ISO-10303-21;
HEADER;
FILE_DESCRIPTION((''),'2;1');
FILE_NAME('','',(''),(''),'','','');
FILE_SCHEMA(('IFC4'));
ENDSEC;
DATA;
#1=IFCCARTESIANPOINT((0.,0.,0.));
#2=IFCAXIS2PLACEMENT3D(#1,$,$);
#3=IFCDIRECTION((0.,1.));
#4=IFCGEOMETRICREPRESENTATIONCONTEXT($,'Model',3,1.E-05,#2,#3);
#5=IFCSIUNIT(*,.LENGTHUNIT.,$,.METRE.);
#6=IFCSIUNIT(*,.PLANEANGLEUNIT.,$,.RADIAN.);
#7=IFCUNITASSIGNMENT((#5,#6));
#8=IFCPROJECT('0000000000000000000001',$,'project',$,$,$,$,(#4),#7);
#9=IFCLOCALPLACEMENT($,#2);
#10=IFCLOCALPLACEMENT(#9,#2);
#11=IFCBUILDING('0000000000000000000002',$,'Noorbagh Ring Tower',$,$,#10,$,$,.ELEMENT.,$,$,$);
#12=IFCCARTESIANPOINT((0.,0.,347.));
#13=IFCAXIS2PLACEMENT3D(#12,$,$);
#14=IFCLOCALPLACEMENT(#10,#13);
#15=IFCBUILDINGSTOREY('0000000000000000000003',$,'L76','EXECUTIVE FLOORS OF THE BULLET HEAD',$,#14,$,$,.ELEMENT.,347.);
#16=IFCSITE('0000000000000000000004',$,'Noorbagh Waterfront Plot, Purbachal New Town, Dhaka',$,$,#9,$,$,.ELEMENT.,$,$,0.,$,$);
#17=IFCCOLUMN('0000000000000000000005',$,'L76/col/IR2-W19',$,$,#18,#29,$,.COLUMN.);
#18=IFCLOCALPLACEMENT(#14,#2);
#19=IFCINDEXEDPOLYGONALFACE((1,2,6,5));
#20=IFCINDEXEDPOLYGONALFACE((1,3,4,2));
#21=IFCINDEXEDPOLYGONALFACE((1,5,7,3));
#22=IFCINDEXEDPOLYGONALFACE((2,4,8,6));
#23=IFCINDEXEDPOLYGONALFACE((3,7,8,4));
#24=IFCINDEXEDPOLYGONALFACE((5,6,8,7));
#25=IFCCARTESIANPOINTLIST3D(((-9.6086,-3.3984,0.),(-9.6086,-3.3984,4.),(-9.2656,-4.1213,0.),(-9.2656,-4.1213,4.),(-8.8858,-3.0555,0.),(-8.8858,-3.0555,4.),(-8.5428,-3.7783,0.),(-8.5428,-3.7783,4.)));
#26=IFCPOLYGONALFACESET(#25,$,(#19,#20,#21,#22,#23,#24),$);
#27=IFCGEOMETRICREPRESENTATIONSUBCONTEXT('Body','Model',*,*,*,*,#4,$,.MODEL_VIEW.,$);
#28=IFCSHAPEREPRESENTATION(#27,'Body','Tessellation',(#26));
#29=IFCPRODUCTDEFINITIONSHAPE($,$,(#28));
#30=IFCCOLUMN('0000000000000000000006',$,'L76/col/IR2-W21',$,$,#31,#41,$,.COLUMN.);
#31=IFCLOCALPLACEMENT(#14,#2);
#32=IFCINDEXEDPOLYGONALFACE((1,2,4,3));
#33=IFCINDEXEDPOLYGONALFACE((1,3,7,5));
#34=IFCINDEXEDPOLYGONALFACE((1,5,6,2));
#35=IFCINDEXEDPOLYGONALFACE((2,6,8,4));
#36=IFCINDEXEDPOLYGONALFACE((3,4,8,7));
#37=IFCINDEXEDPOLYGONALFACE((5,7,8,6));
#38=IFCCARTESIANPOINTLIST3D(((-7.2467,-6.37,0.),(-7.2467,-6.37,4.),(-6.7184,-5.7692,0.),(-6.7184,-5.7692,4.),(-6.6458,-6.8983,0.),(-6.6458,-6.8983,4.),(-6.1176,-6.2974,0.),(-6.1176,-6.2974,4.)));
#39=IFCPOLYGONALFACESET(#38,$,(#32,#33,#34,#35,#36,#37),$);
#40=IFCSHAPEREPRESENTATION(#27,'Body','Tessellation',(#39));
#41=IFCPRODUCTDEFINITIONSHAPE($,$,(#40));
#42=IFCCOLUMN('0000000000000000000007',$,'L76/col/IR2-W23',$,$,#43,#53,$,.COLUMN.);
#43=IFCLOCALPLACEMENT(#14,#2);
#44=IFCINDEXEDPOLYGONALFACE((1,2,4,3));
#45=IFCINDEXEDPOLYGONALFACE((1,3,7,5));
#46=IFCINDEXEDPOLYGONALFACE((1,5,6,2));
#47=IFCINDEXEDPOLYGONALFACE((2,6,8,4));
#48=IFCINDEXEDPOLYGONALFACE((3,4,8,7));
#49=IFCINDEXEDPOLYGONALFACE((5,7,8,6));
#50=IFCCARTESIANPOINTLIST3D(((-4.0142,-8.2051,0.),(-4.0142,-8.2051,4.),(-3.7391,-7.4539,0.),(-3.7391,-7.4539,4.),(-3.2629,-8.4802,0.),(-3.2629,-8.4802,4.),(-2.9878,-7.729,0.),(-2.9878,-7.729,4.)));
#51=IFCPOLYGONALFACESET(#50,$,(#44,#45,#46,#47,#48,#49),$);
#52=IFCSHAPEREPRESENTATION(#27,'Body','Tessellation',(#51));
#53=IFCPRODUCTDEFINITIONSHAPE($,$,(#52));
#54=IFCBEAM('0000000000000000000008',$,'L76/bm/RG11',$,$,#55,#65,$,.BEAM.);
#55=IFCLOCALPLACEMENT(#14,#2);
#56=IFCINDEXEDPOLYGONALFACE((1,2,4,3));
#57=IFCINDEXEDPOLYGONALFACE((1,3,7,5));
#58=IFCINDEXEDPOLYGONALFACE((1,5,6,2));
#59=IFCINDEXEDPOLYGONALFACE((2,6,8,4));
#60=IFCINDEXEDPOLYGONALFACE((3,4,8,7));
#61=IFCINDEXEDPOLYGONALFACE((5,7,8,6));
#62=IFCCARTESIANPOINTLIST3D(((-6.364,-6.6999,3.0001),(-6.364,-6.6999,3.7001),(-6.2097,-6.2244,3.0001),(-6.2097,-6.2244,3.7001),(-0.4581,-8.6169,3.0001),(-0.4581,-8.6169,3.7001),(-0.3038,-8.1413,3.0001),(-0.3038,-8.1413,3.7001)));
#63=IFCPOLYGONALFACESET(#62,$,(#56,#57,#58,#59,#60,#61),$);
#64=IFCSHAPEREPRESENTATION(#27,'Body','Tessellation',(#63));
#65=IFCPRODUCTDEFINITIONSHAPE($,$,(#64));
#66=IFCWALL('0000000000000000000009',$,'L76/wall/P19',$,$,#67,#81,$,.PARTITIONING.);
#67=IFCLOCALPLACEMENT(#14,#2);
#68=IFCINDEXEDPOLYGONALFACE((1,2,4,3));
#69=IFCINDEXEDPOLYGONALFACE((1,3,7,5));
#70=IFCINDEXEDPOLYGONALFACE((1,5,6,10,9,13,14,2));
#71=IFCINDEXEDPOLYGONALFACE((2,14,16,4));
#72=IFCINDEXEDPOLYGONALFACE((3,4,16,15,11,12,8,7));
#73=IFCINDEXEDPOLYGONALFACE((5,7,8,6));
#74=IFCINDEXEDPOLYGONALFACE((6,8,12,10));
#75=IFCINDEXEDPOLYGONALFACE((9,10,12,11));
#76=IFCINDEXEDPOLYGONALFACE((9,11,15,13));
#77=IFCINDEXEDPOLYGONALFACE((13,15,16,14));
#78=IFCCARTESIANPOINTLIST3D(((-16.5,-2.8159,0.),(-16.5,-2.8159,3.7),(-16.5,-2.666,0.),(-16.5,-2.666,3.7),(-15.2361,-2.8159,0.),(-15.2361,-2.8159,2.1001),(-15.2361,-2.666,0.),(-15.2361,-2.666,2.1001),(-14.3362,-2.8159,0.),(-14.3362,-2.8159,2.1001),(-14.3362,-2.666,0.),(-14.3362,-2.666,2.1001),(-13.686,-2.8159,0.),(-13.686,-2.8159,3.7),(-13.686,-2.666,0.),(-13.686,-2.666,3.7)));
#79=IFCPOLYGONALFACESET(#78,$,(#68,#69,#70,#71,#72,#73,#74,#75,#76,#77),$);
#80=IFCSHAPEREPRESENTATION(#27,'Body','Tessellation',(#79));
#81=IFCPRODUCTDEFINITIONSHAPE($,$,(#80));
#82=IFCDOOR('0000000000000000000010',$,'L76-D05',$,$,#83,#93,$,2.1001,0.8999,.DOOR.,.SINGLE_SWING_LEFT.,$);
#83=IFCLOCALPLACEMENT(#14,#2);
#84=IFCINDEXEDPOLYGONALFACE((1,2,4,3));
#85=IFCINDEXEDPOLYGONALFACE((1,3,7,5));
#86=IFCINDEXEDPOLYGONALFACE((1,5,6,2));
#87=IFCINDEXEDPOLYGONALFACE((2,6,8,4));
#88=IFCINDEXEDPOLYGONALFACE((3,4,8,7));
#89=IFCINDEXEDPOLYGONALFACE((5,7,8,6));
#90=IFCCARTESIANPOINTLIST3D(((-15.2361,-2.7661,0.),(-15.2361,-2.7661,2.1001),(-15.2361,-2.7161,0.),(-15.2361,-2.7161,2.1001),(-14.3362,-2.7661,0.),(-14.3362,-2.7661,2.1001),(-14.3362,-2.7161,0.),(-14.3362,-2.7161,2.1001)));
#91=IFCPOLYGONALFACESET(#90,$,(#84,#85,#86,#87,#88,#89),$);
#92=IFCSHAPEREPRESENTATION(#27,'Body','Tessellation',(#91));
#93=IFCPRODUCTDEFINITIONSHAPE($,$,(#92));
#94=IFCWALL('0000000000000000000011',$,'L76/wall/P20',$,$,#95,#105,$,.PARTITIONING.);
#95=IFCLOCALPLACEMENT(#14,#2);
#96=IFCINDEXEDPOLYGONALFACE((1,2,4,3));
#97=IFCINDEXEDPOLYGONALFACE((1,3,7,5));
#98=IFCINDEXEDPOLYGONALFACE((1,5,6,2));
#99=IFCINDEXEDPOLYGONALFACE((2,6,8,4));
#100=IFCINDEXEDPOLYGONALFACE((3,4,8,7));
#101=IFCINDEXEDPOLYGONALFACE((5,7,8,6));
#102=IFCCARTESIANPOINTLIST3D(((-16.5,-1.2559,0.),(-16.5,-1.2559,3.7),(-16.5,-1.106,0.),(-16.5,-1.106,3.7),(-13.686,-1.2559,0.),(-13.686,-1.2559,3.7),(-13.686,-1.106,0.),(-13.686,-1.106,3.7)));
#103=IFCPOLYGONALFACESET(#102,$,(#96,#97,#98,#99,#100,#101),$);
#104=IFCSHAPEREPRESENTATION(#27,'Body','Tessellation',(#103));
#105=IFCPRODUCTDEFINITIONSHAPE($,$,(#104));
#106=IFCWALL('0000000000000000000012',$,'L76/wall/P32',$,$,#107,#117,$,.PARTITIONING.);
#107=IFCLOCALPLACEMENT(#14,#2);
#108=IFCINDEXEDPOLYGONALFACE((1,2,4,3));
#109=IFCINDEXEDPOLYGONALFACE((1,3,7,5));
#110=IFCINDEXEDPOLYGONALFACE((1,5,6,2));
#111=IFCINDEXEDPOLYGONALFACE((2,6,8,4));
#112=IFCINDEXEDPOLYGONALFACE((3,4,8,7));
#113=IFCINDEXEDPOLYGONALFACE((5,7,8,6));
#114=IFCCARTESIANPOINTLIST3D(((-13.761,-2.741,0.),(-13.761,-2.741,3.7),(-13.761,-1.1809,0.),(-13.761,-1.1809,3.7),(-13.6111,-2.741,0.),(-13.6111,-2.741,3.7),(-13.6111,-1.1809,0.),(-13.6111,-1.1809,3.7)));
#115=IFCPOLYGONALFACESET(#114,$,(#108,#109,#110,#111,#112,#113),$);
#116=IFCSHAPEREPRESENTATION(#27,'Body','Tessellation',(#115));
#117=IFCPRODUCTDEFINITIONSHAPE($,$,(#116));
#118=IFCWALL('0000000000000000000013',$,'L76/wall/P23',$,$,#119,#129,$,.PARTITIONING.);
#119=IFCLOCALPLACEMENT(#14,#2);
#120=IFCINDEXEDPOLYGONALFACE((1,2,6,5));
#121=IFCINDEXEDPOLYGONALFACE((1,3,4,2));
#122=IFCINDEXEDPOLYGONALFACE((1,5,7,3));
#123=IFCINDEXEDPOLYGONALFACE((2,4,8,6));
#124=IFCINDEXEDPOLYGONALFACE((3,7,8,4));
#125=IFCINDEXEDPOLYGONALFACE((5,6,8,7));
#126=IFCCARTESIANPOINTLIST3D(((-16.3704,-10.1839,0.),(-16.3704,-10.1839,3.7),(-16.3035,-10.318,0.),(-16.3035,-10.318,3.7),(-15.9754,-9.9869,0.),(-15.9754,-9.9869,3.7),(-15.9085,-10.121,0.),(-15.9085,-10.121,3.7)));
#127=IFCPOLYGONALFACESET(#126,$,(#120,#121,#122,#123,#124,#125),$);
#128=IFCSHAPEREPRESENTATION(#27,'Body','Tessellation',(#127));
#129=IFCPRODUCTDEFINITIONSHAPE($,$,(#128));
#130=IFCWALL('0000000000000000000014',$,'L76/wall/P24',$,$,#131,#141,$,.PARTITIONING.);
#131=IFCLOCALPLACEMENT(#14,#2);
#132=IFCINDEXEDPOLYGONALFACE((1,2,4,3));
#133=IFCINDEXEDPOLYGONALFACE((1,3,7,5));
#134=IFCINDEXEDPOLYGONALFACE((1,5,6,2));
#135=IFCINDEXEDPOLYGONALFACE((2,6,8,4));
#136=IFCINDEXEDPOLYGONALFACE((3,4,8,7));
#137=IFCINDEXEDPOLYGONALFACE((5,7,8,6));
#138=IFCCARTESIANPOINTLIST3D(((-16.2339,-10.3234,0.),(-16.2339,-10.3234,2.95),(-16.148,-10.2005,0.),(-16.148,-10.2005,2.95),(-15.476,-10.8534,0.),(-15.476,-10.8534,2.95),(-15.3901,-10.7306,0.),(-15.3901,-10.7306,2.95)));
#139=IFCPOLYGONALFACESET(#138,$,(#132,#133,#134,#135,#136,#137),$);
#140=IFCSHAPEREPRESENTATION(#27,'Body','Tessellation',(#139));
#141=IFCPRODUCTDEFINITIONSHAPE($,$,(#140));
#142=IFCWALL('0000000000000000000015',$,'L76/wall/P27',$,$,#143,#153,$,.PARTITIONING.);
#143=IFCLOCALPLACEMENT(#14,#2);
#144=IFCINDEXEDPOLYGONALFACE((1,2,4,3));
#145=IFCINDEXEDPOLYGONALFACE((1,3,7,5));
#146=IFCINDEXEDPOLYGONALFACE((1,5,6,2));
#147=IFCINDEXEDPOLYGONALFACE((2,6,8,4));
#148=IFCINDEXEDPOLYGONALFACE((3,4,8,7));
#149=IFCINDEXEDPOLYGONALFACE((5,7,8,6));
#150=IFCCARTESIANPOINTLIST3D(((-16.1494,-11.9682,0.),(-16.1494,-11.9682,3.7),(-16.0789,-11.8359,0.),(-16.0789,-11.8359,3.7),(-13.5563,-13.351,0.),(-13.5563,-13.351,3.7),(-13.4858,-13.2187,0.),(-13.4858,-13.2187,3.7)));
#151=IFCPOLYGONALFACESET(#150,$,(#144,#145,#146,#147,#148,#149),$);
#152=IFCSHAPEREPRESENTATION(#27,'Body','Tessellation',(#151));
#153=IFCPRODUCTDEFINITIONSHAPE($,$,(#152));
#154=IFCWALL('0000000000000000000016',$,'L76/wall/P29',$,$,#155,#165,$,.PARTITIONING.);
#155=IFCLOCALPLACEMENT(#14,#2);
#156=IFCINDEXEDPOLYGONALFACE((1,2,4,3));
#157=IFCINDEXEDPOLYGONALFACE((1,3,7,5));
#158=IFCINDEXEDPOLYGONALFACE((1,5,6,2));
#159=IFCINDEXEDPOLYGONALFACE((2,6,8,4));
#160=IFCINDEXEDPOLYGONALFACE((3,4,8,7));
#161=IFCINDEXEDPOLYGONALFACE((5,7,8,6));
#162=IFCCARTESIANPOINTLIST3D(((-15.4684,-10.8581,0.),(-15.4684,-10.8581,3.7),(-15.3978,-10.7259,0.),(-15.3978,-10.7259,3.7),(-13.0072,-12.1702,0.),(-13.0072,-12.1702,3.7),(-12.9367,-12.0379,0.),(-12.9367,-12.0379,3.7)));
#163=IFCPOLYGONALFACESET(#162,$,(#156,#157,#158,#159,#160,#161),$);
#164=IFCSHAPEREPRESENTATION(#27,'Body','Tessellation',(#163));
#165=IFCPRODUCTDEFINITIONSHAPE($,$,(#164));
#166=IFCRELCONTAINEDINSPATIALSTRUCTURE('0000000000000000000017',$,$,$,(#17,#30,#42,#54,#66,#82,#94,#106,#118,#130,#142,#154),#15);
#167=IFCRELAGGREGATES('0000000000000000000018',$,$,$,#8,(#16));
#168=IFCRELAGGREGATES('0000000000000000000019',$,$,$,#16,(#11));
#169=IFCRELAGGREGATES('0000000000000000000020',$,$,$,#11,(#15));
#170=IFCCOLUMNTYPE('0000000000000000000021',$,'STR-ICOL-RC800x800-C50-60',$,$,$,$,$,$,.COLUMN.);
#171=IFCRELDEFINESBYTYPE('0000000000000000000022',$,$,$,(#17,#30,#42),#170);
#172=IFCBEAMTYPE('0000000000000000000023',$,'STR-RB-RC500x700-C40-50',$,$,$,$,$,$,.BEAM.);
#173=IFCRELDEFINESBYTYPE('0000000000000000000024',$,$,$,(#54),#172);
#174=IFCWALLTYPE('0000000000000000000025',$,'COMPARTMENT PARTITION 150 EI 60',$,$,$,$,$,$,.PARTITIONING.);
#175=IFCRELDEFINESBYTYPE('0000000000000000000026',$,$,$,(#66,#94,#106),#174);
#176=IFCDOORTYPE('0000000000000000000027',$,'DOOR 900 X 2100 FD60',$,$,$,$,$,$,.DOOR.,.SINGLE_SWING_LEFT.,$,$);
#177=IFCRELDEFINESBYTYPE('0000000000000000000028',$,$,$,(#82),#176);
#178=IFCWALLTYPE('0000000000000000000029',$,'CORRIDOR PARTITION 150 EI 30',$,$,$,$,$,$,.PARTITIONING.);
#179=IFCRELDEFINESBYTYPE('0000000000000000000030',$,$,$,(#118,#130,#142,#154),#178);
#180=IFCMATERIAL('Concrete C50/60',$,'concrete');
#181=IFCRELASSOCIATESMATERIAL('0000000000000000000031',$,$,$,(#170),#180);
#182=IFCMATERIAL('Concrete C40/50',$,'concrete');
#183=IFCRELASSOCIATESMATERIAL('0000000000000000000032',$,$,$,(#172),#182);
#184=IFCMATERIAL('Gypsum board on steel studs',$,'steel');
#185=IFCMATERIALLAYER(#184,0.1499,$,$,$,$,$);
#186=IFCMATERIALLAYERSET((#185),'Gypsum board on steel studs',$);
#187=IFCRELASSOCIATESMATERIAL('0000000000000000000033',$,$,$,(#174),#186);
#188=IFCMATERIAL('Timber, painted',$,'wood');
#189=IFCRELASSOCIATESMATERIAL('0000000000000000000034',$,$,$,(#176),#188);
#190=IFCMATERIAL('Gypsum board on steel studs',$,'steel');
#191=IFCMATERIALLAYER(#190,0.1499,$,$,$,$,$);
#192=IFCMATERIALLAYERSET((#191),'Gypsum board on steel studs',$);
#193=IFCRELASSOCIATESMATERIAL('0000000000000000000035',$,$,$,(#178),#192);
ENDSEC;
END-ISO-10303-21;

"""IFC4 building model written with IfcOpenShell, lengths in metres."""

from ifc_helpers import new_model, si_unit, direction, frame, frame_2d, origin, origin_2d, place, context, subcontext, project, spatial, rectangle, extrude, material, layer, layer_set, material_profile, profile_set, type_object, element, fill, save


model = new_model("IFC4")

# Units and contexts
model_context = context("Model", 3, precision=1e-05, world=origin(), true_north=direction((0.0, 1.0)))
body_context = subcontext(model_context, "Body", "Model", "MODEL_VIEW")
ifc_project = project(units=[si_unit("LENGTHUNIT", "METRE"), si_unit("PLANEANGLEUNIT", "RADIAN")], contexts=[model_context])

# Site, building, storey
site_placement = place(None, origin())
site = spatial("IfcSite", under=ifc_project, at=site_placement, Name="Noorbagh Waterfront Plot, Purbachal New Town, Dhaka", CompositionType="ELEMENT", RefElevation=0.0)
building_placement = place(site_placement, origin())
building = spatial("IfcBuilding", under=site, at=building_placement, Name="Noorbagh Ring Tower", CompositionType="ELEMENT")
storey_placement = place(building_placement, frame((0.0, 0.0, 347.0)))
storey = spatial("IfcBuildingStorey", under=building, at=storey_placement, Name="L76", Description="EXECUTIVE FLOORS OF THE BULLET HEAD", CompositionType="ELEMENT", Elevation=347.0)

# Columns
ifc_material_1 = material(Name="Concrete C50/60", Category="concrete")
ifc_material_profile_1 = material_profile(ifc_material_1, rectangle(XDim=0.8, YDim=0.8, at=origin_2d()), Name="RC800x800")
ifc_profile_set_1 = profile_set([ifc_material_profile_1], Name="Concrete C50/60")
column_type = type_object("IfcColumnType", Name="STR-ICOL-RC800x800-C50-60", PredefinedType="COLUMN", material=ifc_profile_set_1)
for number, where, z_axis, x_axis, name in (
    (1, (-9.0757, -3.5884, 0.0), (0.0, 0.0, 1.0), (0.428667, -0.903463, 0.0), "L76/col/IR2-W19"),
    (2, (-6.6821, -6.3337, 0.0), (0.0, 0.0, 1.0), (0.751022, -0.660277, 0.0), "L76/col/IR2-W21"),
    (3, (-3.501, -7.967, 0.0), (0.0, 0.0, 1.0), (0.93902, -0.343864, 0.0), "L76/col/IR2-W23"),
):
    element("IfcColumn", number, at=place(storey_placement, frame(where, z_axis=z_axis, x_axis=x_axis)), inside=storey, type_object=column_type, Name=name, PredefinedType="COLUMN", context=body_context, shape_type="SweptSolid", body=[
        extrude(rectangle(XDim=0.8, YDim=0.8, at=origin_2d()), origin(), (0.0, 0.0, 1.0), 4.0),
    ])

# Beam
ifc_material_2 = material(Name="Concrete C40/50", Category="concrete")
ifc_material_profile_2 = material_profile(ifc_material_2, rectangle(XDim=0.5, YDim=0.7, at=origin_2d()), Name="RC500x700")
ifc_profile_set_2 = profile_set([ifc_material_profile_2], Name="Concrete C40/50")
beam_type = type_object("IfcBeamType", Name="STR-RB-RC500x700-C40-50", PredefinedType="BEAM", material=ifc_profile_set_2)
beam_placement = place(storey_placement, frame((-6.2869, -6.4622, 3.3501), z_axis=(0.95115, -0.308728, 0.0), x_axis=(0.308728, 0.95115, 0.0)))
element("IfcBeam", 4, at=beam_placement, inside=storey, type_object=beam_type, Name="L76/bm/RG11", PredefinedType="BEAM", context=body_context, shape_type="SweptSolid", body=[
    extrude(rectangle(XDim=0.5, YDim=0.7, at=origin_2d()), origin(), (0.0, 0.0, 1.0), 6.2092),
])

# Wall, opening, door
ifc_material_3 = material(Name="Gypsum board on steel studs", Category="steel")
ifc_layer_1 = layer(ifc_material_3, 0.1499)
ifc_layer_set_1 = layer_set([ifc_layer_1], Name="Gypsum board on steel studs")
wall_type_1 = type_object("IfcWallType", Name="COMPARTMENT PARTITION 150 EI 60", PredefinedType="PARTITIONING", material=ifc_layer_set_1)
wall_1_placement = place(storey_placement, frame((-16.5, -2.741, 0.0), z_axis=(0.0, 0.0, 1.0), x_axis=(1.0, 0.0, 0.0)))
wall_1 = element("IfcWall", 5, at=wall_1_placement, inside=storey, type_object=wall_type_1, Name="L76/wall/P19", PredefinedType="PARTITIONING", context=body_context, shape_type="SweptSolid", body=[
    extrude(rectangle(XDim=2.814, YDim=0.1499, at=frame_2d((1.407, 0.0))), origin(), (0.0, 0.0, 1.0), 3.7),
])
opening_1_placement = place(wall_1_placement, frame((1.2639, 0.0, 0.0)))
opening_1 = element("IfcOpeningElement", 6, at=opening_1_placement, cuts=wall_1, PredefinedType="OPENING", context=body_context, shape_type="SweptSolid", body=[
    extrude(rectangle(XDim=0.8999, YDim=2.1001, at=frame_2d((0.45, 1.05))), frame((0.0, 0.085, 0.0), z_axis=(0.0, -1.0, 0.0), x_axis=(1.0, 0.0, 0.0)), (0.0, 0.0, 1.0), 0.1699),
])
ifc_material_4 = material(Name="Timber, painted", Category="wood")
door_type_1 = type_object("IfcDoorType", Name="DOOR 900 X 2100 FD60", OperationType="SINGLE_SWING_LEFT", PredefinedType="DOOR", material=ifc_material_4)
door_1_placement = place(opening_1_placement, origin())
door_1 = element("IfcDoor", 7, at=door_1_placement, inside=storey, type_object=door_type_1, Name="L76-D05", OperationType="SINGLE_SWING_LEFT", OverallHeight=2.1001, OverallWidth=0.8999, PredefinedType="DOOR", context=body_context, shape_type="SweptSolid", body=[
    extrude(rectangle(XDim=0.8999, YDim=2.1001, at=frame_2d((0.45, 1.05))), frame((0.0, 0.0249, 0.0), z_axis=(0.0, -1.0, 0.0), x_axis=(1.0, 0.0, 0.0)), (0.0, 0.0, 1.0), 0.05),
])
fill(opening_1, door_1)

# Walls
wall_2_placement = place(storey_placement, frame((-16.5, -1.1809, 0.0), z_axis=(0.0, 0.0, 1.0), x_axis=(1.0, 0.0, 0.0)))
element("IfcWall", 8, at=wall_2_placement, inside=storey, type_object=wall_type_1, Name="L76/wall/P20", PredefinedType="PARTITIONING", context=body_context, shape_type="SweptSolid", body=[
    extrude(rectangle(XDim=2.814, YDim=0.1499, at=frame_2d((1.407, 0.0))), origin(), (0.0, 0.0, 1.0), 3.7),
])
wall_3_placement = place(storey_placement, frame((-13.686, -2.741, 0.0), z_axis=(0.0, 0.0, 1.0), x_axis=(0.0, 1.0, 0.0)))
element("IfcWall", 9, at=wall_3_placement, inside=storey, type_object=wall_type_1, Name="L76/wall/P32", PredefinedType="PARTITIONING", context=body_context, shape_type="SweptSolid", body=[
    extrude(rectangle(XDim=1.5601, YDim=0.1499, at=frame_2d((0.78, 0.0))), origin(), (0.0, 0.0, 1.0), 3.7),
])
ifc_material_5 = material(Name="Gypsum board on steel studs", Category="steel")
ifc_layer_2 = layer(ifc_material_5, 0.1499)
ifc_layer_set_2 = layer_set([ifc_layer_2], Name="Gypsum board on steel studs")
wall_type_2 = type_object("IfcWallType", Name="CORRIDOR PARTITION 150 EI 30", PredefinedType="PARTITIONING", material=ifc_layer_set_2)
wall_4_placement = place(storey_placement, frame((-16.3369, -10.251, 0.0), z_axis=(0.0, 0.0, 1.0), x_axis=(0.894869, 0.446328, 0.0)))
element("IfcWall", 10, at=wall_4_placement, inside=storey, type_object=wall_type_2, Name="L76/wall/P23", PredefinedType="PARTITIONING", context=body_context, shape_type="SweptSolid", body=[
    extrude(rectangle(XDim=0.4414, YDim=0.1499, at=frame_2d((0.2207, 0.0))), origin(), (0.0, 0.0, 1.0), 3.7),
])
wall_5_placement = place(storey_placement, frame((-16.1909, -10.262, 0.0), z_axis=(0.0, 0.0, 1.0), x_axis=(0.819455, -0.573143, 0.0)))
element("IfcWall", 11, at=wall_5_placement, inside=storey, type_object=wall_type_2, Name="L76/wall/P24", PredefinedType="PARTITIONING", context=body_context, shape_type="SweptSolid", body=[
    extrude(rectangle(XDim=0.9248, YDim=0.1499, at=frame_2d((0.4624, 0.0))), origin(), (0.0, 0.0, 1.0), 2.95),
])
wall_6_placement = place(storey_placement, frame((-16.114, -11.9021, 0.0), z_axis=(0.0, 0.0, 1.0), x_axis=(0.882371, -0.470554, 0.0)))
element("IfcWall", 12, at=wall_6_placement, inside=storey, type_object=wall_type_2, Name="L76/wall/P27", PredefinedType="PARTITIONING", context=body_context, shape_type="SweptSolid", body=[
    extrude(rectangle(XDim=2.9387, YDim=0.1499, at=frame_2d((1.4692, 0.0))), origin(), (0.0, 0.0, 1.0), 3.7),
])
wall_7_placement = place(storey_placement, frame((-15.4331, -10.792, 0.0), z_axis=(0.0, 0.0, 1.0), x_axis=(0.882445, -0.470416, 0.0)))
element("IfcWall", 13, at=wall_7_placement, inside=storey, type_object=wall_type_2, Name="L76/wall/P29", PredefinedType="PARTITIONING", context=body_context, shape_type="SweptSolid", body=[
    extrude(rectangle(XDim=2.7891, YDim=0.1499, at=frame_2d((1.3945, 0.0))), origin(), (0.0, 0.0, 1.0), 3.7),
])

save(model, "model.ifc")
